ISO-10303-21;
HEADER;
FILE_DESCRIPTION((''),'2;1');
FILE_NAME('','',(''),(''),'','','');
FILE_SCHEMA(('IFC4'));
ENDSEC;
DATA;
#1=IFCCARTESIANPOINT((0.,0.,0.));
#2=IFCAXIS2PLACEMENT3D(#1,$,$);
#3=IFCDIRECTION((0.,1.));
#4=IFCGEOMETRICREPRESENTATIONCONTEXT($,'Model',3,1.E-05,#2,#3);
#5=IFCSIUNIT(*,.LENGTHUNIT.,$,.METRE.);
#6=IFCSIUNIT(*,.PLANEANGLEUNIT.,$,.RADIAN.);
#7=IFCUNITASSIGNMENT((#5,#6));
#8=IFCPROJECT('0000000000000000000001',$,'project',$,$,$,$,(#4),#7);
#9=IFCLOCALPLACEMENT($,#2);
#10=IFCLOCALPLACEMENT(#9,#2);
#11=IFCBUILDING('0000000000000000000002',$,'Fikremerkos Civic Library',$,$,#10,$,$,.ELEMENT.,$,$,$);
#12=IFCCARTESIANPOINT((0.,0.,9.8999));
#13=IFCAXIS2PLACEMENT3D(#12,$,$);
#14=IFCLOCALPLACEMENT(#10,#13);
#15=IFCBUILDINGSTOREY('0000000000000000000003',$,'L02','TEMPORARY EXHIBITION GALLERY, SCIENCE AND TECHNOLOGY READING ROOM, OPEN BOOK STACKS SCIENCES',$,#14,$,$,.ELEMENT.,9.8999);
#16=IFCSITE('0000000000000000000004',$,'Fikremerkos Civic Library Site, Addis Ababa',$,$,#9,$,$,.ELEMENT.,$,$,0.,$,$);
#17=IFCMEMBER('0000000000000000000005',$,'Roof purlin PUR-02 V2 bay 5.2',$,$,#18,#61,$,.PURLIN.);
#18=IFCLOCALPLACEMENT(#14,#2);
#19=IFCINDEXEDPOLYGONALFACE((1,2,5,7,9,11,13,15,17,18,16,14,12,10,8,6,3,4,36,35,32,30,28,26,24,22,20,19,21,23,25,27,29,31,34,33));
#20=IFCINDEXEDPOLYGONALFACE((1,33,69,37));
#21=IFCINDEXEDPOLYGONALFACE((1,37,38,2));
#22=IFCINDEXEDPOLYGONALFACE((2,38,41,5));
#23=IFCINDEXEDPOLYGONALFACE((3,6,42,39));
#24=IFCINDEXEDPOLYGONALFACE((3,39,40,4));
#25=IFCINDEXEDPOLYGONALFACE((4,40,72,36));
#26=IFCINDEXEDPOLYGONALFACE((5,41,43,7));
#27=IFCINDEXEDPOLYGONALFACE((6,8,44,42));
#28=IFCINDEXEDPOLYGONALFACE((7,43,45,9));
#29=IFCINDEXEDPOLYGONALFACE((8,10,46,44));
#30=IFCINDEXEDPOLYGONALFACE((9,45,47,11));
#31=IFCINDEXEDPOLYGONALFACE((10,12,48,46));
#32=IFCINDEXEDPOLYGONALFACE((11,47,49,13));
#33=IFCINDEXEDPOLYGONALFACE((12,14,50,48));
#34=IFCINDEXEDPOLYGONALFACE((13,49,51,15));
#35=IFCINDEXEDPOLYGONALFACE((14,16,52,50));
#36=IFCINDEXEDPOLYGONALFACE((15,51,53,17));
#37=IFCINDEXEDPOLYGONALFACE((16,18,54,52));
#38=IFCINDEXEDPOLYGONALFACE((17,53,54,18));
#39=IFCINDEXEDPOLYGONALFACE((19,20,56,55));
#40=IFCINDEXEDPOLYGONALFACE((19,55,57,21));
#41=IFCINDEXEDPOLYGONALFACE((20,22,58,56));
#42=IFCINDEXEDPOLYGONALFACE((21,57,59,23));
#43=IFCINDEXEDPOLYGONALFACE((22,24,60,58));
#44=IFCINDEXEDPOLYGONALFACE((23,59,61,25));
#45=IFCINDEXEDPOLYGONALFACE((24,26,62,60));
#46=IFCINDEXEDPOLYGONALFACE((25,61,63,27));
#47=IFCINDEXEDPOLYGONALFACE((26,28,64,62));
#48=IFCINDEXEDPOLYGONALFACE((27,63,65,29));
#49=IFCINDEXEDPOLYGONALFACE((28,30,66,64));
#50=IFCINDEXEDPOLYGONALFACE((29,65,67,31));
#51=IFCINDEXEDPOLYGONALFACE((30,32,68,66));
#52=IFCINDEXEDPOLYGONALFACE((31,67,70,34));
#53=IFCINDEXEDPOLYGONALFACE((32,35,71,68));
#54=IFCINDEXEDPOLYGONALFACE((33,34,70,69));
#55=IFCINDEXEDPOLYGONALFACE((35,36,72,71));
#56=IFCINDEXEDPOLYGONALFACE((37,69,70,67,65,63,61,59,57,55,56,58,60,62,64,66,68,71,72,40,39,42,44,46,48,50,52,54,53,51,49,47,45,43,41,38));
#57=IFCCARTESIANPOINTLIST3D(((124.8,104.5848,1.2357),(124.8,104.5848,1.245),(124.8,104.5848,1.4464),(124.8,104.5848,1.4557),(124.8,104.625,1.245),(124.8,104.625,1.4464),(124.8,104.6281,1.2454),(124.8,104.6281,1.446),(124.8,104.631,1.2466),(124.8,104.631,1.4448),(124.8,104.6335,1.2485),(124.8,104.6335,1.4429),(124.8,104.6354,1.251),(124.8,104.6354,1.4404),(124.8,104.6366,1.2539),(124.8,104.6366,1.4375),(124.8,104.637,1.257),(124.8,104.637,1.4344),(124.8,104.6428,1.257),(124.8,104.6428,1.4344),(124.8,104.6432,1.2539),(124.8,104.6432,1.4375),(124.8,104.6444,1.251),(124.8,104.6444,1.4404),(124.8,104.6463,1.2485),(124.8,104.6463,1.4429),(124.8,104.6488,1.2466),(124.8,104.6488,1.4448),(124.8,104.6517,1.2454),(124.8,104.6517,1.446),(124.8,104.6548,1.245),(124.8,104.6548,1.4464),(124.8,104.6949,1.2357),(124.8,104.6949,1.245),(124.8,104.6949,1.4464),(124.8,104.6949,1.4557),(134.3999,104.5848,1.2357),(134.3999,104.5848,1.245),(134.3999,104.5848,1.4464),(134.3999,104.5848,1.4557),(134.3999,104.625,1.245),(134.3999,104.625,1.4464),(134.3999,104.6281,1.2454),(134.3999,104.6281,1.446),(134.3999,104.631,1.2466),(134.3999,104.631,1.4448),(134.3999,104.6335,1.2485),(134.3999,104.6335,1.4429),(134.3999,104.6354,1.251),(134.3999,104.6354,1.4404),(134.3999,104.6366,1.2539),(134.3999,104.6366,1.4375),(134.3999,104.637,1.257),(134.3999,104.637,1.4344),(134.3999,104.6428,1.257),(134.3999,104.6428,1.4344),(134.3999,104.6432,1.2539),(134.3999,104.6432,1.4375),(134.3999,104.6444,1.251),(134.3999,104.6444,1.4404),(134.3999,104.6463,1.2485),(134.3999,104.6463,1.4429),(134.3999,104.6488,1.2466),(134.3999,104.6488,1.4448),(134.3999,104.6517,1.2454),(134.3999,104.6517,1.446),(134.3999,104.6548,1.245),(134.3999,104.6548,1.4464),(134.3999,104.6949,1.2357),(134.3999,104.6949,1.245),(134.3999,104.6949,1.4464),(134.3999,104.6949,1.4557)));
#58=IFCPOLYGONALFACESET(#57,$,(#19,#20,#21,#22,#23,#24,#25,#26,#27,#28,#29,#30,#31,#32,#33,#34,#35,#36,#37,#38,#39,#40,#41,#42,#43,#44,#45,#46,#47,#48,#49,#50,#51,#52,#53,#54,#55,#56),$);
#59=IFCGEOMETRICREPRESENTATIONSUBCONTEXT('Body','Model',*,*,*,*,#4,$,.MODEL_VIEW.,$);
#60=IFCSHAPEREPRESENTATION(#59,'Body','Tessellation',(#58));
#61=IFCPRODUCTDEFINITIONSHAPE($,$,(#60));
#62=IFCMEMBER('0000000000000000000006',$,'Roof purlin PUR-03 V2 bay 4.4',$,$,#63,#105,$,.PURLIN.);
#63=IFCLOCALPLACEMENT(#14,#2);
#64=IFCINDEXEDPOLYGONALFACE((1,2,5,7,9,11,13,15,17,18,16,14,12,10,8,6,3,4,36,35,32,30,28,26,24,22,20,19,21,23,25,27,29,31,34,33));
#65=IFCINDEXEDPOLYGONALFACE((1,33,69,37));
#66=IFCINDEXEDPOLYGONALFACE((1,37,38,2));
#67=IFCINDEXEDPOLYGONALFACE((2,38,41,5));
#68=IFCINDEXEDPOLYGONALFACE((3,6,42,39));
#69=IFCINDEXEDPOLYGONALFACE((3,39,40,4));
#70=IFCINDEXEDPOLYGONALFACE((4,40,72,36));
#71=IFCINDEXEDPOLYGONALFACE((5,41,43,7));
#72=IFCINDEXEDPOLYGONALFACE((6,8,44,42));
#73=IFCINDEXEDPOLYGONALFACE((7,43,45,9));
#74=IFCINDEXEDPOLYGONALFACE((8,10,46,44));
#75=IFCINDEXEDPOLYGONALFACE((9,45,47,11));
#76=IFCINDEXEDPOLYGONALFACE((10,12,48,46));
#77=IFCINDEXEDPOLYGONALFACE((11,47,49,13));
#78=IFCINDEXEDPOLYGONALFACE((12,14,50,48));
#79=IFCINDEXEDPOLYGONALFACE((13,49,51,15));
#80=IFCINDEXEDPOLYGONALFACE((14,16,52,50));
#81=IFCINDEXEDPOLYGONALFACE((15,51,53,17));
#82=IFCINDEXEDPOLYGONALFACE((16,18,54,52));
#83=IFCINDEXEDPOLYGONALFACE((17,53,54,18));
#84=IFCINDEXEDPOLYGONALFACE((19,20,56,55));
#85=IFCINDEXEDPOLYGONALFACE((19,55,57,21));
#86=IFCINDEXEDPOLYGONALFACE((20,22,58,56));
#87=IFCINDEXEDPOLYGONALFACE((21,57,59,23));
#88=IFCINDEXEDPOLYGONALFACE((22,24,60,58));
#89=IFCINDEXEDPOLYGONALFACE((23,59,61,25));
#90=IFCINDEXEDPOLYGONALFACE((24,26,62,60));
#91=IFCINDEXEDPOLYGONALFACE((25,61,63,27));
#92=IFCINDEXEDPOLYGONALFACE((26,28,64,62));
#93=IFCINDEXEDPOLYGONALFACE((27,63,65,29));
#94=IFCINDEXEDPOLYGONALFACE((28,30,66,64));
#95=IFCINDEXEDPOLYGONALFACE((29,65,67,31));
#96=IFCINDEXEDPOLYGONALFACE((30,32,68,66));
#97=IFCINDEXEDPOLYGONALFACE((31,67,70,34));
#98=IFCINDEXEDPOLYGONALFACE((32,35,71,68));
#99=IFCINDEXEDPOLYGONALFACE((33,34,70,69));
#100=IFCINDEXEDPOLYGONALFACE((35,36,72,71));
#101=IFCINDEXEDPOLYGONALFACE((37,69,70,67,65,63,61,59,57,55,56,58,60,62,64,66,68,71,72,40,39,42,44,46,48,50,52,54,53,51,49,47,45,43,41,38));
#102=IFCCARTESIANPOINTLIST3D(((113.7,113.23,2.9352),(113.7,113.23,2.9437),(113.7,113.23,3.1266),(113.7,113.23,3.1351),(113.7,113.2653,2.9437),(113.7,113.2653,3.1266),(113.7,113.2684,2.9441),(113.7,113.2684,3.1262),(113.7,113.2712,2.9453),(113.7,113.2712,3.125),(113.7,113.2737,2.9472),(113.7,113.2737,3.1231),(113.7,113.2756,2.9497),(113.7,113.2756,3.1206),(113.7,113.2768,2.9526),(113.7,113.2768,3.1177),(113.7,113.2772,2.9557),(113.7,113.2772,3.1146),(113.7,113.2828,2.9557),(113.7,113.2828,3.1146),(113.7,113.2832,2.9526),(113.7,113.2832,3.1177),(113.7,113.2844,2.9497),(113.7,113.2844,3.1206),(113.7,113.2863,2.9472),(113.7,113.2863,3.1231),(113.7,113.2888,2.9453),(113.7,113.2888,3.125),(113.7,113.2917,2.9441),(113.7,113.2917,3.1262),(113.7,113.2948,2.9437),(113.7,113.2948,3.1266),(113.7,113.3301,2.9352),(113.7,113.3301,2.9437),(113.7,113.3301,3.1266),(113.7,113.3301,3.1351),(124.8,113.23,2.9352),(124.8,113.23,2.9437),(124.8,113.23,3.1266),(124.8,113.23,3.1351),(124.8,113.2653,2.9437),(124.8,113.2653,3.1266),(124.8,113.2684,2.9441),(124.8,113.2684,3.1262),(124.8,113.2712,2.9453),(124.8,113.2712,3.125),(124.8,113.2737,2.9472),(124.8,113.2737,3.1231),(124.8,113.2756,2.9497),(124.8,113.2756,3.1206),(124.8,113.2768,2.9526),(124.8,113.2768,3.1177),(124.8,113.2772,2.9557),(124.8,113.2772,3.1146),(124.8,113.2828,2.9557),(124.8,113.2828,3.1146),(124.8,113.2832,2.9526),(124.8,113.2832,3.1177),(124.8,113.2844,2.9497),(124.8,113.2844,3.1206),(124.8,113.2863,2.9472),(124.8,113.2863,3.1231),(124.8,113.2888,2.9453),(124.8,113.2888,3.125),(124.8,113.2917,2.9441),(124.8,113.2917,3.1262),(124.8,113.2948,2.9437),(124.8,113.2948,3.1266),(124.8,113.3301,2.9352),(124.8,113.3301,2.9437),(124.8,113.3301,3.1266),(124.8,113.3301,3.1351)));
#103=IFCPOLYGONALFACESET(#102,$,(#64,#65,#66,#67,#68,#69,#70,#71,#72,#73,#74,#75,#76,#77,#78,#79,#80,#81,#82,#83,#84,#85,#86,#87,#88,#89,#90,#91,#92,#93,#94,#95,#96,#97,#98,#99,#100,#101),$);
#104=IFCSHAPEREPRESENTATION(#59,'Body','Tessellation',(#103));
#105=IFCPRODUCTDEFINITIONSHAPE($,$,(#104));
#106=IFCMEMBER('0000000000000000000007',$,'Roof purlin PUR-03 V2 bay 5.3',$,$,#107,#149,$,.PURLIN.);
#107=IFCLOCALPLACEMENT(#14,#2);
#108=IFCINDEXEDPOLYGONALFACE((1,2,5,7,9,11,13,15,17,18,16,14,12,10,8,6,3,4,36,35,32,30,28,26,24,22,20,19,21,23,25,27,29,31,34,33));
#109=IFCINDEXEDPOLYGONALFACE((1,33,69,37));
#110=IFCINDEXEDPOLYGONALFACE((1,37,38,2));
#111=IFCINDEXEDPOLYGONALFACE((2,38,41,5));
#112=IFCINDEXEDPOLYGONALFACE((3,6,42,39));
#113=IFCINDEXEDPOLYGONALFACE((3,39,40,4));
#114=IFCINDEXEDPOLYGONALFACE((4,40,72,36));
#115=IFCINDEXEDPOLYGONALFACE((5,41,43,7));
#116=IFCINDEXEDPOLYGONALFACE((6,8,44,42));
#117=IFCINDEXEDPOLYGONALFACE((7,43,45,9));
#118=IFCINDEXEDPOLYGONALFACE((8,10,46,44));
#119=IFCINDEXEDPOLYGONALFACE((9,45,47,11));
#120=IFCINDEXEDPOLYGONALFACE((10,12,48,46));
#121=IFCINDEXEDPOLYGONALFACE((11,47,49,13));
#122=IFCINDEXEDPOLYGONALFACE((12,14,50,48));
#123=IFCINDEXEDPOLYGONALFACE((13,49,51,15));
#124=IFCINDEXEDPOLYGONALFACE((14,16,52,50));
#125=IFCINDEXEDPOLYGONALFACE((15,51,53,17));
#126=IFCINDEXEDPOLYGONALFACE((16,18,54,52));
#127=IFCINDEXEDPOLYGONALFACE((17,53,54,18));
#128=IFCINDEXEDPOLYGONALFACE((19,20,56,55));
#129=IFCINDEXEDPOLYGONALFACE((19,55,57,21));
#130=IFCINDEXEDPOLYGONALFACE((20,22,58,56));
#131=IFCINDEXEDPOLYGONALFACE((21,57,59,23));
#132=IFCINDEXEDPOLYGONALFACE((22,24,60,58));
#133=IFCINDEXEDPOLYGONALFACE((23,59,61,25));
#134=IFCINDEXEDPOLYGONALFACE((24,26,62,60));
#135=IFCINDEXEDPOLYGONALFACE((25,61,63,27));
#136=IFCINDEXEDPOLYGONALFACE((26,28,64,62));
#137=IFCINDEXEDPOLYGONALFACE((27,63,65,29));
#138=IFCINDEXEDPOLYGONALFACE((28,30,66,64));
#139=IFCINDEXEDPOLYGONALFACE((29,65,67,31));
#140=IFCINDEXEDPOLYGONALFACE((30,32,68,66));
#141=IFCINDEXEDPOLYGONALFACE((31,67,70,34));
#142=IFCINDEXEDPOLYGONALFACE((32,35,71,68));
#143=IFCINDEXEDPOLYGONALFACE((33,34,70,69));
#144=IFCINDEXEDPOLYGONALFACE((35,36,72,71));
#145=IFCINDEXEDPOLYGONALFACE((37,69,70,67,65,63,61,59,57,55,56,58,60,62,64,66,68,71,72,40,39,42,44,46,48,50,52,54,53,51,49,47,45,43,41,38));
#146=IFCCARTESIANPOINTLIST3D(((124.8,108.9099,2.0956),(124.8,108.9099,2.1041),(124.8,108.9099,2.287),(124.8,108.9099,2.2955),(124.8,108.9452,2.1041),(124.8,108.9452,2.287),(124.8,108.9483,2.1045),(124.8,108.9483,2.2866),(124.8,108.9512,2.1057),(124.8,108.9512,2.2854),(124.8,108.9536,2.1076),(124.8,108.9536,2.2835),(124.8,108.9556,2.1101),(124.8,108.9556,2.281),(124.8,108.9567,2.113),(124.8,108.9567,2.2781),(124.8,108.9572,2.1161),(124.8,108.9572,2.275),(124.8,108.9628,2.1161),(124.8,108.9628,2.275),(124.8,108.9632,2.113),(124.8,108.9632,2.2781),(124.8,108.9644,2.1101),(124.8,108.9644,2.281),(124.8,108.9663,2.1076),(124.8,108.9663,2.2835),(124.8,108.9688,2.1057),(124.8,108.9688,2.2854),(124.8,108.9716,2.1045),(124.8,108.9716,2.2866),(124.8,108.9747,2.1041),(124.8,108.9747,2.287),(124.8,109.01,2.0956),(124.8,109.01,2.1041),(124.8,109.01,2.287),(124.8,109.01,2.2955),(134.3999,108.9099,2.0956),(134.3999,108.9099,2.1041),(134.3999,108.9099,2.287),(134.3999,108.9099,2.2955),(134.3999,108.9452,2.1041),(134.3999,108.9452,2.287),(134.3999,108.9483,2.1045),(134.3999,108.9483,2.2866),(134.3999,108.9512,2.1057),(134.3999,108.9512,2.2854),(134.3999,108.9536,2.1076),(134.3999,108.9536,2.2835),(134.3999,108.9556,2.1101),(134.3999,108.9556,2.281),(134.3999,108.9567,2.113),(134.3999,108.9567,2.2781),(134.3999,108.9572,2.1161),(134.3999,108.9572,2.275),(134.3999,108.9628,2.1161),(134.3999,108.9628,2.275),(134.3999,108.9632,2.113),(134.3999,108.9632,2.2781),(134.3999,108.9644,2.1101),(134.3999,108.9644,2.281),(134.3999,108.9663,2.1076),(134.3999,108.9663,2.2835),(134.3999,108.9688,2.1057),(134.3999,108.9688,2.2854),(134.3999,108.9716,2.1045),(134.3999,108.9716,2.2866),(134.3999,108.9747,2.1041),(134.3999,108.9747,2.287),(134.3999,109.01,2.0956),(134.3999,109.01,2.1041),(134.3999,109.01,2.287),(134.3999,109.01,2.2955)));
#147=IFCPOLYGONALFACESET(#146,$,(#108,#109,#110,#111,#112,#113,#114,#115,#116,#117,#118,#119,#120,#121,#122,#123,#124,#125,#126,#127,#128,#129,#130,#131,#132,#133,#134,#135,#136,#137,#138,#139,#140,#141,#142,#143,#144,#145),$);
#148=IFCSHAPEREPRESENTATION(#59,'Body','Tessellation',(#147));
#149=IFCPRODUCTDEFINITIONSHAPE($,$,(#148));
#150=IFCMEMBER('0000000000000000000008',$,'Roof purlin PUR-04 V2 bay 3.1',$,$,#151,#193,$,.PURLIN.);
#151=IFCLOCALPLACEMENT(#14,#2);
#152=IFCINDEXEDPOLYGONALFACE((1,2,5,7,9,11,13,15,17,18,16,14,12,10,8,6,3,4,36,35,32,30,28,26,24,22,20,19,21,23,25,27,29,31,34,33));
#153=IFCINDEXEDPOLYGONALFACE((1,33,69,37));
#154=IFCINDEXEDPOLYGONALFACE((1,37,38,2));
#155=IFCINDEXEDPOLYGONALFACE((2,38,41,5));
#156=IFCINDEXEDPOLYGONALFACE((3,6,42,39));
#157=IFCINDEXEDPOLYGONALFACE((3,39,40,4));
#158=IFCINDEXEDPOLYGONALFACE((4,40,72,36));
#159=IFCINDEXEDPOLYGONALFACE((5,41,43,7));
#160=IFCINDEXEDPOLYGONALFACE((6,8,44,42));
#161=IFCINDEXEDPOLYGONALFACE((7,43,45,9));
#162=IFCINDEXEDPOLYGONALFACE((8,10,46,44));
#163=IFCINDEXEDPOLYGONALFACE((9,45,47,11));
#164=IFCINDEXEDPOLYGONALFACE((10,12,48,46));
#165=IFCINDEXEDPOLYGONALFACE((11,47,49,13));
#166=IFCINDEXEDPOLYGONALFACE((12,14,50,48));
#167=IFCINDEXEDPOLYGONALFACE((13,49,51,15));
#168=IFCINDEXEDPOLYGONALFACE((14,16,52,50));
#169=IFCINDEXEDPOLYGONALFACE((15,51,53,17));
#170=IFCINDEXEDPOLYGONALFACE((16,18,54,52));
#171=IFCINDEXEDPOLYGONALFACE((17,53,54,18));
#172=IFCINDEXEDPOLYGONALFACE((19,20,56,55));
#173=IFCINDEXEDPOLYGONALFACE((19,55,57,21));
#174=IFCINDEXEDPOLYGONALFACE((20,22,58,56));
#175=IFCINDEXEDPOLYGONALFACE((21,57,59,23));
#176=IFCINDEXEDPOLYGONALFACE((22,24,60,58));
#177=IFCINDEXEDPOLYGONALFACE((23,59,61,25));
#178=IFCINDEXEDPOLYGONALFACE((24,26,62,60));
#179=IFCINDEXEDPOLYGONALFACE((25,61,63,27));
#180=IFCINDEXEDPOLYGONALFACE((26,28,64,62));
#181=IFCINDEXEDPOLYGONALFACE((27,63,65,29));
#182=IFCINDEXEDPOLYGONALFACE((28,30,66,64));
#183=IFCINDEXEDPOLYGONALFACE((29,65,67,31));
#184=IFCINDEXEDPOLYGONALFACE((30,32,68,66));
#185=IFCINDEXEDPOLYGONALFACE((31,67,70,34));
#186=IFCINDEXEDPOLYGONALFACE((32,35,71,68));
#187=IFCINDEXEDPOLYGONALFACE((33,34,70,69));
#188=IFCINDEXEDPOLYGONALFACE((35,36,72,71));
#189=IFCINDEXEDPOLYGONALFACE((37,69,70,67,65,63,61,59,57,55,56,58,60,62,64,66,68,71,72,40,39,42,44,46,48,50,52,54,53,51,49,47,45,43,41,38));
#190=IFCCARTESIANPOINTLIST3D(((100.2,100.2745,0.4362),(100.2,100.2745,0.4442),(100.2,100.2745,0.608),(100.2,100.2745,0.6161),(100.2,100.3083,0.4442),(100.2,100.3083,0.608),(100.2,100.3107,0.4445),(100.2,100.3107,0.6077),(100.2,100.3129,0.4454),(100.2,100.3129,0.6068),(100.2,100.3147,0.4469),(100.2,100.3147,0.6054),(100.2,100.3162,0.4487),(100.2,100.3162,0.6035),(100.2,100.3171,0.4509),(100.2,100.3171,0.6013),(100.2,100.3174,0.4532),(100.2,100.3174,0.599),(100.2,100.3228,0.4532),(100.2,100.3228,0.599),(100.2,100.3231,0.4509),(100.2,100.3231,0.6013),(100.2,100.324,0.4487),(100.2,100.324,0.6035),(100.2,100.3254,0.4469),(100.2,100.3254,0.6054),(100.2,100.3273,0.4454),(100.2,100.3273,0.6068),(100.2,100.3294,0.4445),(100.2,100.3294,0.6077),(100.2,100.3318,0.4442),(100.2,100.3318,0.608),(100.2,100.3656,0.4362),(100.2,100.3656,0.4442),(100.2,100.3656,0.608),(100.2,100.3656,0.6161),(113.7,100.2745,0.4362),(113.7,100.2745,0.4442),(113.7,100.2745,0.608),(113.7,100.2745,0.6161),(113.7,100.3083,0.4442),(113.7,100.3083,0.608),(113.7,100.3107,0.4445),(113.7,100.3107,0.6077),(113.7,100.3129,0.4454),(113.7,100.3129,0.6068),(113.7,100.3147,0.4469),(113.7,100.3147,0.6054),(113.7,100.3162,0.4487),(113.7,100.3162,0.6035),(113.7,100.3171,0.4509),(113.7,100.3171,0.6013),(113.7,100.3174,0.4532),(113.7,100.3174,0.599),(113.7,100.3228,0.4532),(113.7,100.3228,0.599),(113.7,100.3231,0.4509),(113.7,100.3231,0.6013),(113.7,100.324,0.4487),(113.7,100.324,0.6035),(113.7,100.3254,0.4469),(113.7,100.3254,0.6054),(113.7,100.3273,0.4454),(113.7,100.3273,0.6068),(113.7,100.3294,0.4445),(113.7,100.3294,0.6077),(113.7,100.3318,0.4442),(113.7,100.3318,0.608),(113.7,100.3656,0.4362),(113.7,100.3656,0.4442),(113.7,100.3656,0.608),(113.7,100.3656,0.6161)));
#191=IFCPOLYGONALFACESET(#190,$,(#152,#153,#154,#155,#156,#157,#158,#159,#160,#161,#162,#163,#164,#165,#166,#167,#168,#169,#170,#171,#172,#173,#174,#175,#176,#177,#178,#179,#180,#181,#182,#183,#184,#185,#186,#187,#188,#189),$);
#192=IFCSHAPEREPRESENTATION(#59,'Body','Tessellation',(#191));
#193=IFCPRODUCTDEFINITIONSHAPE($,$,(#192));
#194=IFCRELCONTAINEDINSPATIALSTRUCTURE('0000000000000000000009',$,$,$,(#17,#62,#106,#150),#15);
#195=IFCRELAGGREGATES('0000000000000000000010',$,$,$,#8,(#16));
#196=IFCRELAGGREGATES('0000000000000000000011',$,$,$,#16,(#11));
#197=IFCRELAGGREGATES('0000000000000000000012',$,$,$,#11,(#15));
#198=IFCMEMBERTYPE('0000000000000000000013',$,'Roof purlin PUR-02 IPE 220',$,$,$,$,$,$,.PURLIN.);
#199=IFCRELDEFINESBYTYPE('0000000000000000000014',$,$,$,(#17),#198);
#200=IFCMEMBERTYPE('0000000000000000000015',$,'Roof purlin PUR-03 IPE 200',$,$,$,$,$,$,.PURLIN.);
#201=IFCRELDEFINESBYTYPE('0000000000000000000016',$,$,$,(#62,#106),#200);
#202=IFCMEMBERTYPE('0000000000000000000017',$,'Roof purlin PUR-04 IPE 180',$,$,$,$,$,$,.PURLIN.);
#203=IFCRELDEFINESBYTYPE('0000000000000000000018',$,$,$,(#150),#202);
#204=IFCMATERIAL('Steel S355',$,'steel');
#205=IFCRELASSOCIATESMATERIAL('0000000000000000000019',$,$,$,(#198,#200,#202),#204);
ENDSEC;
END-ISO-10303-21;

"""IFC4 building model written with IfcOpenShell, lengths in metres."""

from ifc_helpers import new_model, si_unit, direction, frame, origin, origin_2d, place, context, subcontext, project, spatial, i_section, extrude, material, material_profile, profile_set, type_object, element, save


model = new_model("IFC4")

# Units and contexts
model_context = context("Model", 3, precision=1e-05, world=origin(), true_north=direction((0.0, 1.0)))
body_context = subcontext(model_context, "Body", "Model", "MODEL_VIEW")
ifc_project = project(units=[si_unit("LENGTHUNIT", "METRE"), si_unit("PLANEANGLEUNIT", "RADIAN")], contexts=[model_context])

# Site, building, storey
site_placement = place(None, origin())
site = spatial("IfcSite", under=ifc_project, at=site_placement, Name="Fikremerkos Civic Library Site, Addis Ababa", CompositionType="ELEMENT", RefElevation=0.0)
building_placement = place(site_placement, origin())
building = spatial("IfcBuilding", under=site, at=building_placement, Name="Fikremerkos Civic Library", CompositionType="ELEMENT")
storey_placement = place(building_placement, frame((0.0, 0.0, 9.8999)))
storey = spatial("IfcBuildingStorey", under=building, at=storey_placement, Name="L02", Description="TEMPORARY EXHIBITION GALLERY, SCIENCE AND TECHNOLOGY READING ROOM, OPEN BOOK STACKS SCIENCES", CompositionType="ELEMENT", Elevation=9.8999)

# Shared definitions
ifc_material_1 = material(Name="Steel S355", Category="steel")

# Members
ifc_material_profile_1 = material_profile(ifc_material_1, i_section(OverallWidth=0.1101, OverallDepth=0.22, WebThickness=0.0059, FlangeThickness=0.0093, FilletRadius=0.012, at=origin_2d()), Name="IPE 220")
ifc_profile_set_1 = profile_set([ifc_material_profile_1], Name="Steel S355")
member_type_1 = type_object("IfcMemberType", Name="Roof purlin PUR-02 IPE 220", PredefinedType="PURLIN", material=ifc_profile_set_1)
member_1_placement = place(storey_placement, frame((124.8, 104.6399, 1.3457), z_axis=(1.0, 0.0, 0.0), x_axis=(0.0, 1.0, 0.0)))
element("IfcMember", 1, at=member_1_placement, inside=storey, type_object=member_type_1, Name="Roof purlin PUR-02 V2 bay 5.2", PredefinedType="PURLIN", context=body_context, shape_type="SweptSolid", body=[
    extrude(i_section(OverallWidth=0.1101, OverallDepth=0.22, WebThickness=0.0059, FlangeThickness=0.0093, FilletRadius=0.012, at=origin_2d()), origin(), (0.0, 0.0, 1.0), 9.5999),
])
ifc_material_profile_2 = material_profile(ifc_material_1, i_section(OverallWidth=0.1001, OverallDepth=0.2, WebThickness=0.0056, FlangeThickness=0.0085, FilletRadius=0.012, at=origin_2d()), Name="IPE 200")
ifc_profile_set_2 = profile_set([ifc_material_profile_2], Name="Steel S355")
member_type_2 = type_object("IfcMemberType", Name="Roof purlin PUR-03 IPE 200", PredefinedType="PURLIN", material=ifc_profile_set_2)
member_2_placement = place(storey_placement, frame((113.7, 113.28, 3.0352), z_axis=(1.0, 0.0, 0.0), x_axis=(0.0, 1.0, 0.0)))
element("IfcMember", 2, at=member_2_placement, inside=storey, type_object=member_type_2, Name="Roof purlin PUR-03 V2 bay 4.4", PredefinedType="PURLIN", context=body_context, shape_type="SweptSolid", body=[
    extrude(i_section(OverallWidth=0.1001, OverallDepth=0.2, WebThickness=0.0056, FlangeThickness=0.0085, FilletRadius=0.012, at=origin_2d()), origin(), (0.0, 0.0, 1.0), 11.1001),
])
member_3_placement = place(storey_placement, frame((124.8, 108.96, 2.1956), z_axis=(1.0, 0.0, 0.0), x_axis=(0.0, 1.0, 0.0)))
element("IfcMember", 3, at=member_3_placement, inside=storey, type_object=member_type_2, Name="Roof purlin PUR-03 V2 bay 5.3", PredefinedType="PURLIN", context=body_context, shape_type="SweptSolid", body=[
    extrude(i_section(OverallWidth=0.1001, OverallDepth=0.2, WebThickness=0.0056, FlangeThickness=0.0085, FilletRadius=0.012, at=origin_2d()), origin(), (0.0, 0.0, 1.0), 9.5999),
])
ifc_material_profile_3 = material_profile(ifc_material_1, i_section(OverallWidth=0.0911, OverallDepth=0.1799, WebThickness=0.0054, FlangeThickness=0.0081, FilletRadius=0.009, at=origin_2d()), Name="IPE 180")
ifc_profile_set_3 = profile_set([ifc_material_profile_3], Name="Steel S355")
member_type_3 = type_object("IfcMemberType", Name="Roof purlin PUR-04 IPE 180", PredefinedType="PURLIN", material=ifc_profile_set_3)
member_4_placement = place(storey_placement, frame((100.2, 100.3201, 0.5261), z_axis=(1.0, 0.0, 0.0), x_axis=(0.0, 1.0, 0.0)))
element("IfcMember", 4, at=member_4_placement, inside=storey, type_object=member_type_3, Name="Roof purlin PUR-04 V2 bay 3.1", PredefinedType="PURLIN", context=body_context, shape_type="SweptSolid", body=[
    extrude(i_section(OverallWidth=0.0911, OverallDepth=0.1799, WebThickness=0.0054, FlangeThickness=0.0081, FilletRadius=0.009, at=origin_2d()), origin(), (0.0, 0.0, 1.0), 13.5),
])

save(model, "model.ifc")
